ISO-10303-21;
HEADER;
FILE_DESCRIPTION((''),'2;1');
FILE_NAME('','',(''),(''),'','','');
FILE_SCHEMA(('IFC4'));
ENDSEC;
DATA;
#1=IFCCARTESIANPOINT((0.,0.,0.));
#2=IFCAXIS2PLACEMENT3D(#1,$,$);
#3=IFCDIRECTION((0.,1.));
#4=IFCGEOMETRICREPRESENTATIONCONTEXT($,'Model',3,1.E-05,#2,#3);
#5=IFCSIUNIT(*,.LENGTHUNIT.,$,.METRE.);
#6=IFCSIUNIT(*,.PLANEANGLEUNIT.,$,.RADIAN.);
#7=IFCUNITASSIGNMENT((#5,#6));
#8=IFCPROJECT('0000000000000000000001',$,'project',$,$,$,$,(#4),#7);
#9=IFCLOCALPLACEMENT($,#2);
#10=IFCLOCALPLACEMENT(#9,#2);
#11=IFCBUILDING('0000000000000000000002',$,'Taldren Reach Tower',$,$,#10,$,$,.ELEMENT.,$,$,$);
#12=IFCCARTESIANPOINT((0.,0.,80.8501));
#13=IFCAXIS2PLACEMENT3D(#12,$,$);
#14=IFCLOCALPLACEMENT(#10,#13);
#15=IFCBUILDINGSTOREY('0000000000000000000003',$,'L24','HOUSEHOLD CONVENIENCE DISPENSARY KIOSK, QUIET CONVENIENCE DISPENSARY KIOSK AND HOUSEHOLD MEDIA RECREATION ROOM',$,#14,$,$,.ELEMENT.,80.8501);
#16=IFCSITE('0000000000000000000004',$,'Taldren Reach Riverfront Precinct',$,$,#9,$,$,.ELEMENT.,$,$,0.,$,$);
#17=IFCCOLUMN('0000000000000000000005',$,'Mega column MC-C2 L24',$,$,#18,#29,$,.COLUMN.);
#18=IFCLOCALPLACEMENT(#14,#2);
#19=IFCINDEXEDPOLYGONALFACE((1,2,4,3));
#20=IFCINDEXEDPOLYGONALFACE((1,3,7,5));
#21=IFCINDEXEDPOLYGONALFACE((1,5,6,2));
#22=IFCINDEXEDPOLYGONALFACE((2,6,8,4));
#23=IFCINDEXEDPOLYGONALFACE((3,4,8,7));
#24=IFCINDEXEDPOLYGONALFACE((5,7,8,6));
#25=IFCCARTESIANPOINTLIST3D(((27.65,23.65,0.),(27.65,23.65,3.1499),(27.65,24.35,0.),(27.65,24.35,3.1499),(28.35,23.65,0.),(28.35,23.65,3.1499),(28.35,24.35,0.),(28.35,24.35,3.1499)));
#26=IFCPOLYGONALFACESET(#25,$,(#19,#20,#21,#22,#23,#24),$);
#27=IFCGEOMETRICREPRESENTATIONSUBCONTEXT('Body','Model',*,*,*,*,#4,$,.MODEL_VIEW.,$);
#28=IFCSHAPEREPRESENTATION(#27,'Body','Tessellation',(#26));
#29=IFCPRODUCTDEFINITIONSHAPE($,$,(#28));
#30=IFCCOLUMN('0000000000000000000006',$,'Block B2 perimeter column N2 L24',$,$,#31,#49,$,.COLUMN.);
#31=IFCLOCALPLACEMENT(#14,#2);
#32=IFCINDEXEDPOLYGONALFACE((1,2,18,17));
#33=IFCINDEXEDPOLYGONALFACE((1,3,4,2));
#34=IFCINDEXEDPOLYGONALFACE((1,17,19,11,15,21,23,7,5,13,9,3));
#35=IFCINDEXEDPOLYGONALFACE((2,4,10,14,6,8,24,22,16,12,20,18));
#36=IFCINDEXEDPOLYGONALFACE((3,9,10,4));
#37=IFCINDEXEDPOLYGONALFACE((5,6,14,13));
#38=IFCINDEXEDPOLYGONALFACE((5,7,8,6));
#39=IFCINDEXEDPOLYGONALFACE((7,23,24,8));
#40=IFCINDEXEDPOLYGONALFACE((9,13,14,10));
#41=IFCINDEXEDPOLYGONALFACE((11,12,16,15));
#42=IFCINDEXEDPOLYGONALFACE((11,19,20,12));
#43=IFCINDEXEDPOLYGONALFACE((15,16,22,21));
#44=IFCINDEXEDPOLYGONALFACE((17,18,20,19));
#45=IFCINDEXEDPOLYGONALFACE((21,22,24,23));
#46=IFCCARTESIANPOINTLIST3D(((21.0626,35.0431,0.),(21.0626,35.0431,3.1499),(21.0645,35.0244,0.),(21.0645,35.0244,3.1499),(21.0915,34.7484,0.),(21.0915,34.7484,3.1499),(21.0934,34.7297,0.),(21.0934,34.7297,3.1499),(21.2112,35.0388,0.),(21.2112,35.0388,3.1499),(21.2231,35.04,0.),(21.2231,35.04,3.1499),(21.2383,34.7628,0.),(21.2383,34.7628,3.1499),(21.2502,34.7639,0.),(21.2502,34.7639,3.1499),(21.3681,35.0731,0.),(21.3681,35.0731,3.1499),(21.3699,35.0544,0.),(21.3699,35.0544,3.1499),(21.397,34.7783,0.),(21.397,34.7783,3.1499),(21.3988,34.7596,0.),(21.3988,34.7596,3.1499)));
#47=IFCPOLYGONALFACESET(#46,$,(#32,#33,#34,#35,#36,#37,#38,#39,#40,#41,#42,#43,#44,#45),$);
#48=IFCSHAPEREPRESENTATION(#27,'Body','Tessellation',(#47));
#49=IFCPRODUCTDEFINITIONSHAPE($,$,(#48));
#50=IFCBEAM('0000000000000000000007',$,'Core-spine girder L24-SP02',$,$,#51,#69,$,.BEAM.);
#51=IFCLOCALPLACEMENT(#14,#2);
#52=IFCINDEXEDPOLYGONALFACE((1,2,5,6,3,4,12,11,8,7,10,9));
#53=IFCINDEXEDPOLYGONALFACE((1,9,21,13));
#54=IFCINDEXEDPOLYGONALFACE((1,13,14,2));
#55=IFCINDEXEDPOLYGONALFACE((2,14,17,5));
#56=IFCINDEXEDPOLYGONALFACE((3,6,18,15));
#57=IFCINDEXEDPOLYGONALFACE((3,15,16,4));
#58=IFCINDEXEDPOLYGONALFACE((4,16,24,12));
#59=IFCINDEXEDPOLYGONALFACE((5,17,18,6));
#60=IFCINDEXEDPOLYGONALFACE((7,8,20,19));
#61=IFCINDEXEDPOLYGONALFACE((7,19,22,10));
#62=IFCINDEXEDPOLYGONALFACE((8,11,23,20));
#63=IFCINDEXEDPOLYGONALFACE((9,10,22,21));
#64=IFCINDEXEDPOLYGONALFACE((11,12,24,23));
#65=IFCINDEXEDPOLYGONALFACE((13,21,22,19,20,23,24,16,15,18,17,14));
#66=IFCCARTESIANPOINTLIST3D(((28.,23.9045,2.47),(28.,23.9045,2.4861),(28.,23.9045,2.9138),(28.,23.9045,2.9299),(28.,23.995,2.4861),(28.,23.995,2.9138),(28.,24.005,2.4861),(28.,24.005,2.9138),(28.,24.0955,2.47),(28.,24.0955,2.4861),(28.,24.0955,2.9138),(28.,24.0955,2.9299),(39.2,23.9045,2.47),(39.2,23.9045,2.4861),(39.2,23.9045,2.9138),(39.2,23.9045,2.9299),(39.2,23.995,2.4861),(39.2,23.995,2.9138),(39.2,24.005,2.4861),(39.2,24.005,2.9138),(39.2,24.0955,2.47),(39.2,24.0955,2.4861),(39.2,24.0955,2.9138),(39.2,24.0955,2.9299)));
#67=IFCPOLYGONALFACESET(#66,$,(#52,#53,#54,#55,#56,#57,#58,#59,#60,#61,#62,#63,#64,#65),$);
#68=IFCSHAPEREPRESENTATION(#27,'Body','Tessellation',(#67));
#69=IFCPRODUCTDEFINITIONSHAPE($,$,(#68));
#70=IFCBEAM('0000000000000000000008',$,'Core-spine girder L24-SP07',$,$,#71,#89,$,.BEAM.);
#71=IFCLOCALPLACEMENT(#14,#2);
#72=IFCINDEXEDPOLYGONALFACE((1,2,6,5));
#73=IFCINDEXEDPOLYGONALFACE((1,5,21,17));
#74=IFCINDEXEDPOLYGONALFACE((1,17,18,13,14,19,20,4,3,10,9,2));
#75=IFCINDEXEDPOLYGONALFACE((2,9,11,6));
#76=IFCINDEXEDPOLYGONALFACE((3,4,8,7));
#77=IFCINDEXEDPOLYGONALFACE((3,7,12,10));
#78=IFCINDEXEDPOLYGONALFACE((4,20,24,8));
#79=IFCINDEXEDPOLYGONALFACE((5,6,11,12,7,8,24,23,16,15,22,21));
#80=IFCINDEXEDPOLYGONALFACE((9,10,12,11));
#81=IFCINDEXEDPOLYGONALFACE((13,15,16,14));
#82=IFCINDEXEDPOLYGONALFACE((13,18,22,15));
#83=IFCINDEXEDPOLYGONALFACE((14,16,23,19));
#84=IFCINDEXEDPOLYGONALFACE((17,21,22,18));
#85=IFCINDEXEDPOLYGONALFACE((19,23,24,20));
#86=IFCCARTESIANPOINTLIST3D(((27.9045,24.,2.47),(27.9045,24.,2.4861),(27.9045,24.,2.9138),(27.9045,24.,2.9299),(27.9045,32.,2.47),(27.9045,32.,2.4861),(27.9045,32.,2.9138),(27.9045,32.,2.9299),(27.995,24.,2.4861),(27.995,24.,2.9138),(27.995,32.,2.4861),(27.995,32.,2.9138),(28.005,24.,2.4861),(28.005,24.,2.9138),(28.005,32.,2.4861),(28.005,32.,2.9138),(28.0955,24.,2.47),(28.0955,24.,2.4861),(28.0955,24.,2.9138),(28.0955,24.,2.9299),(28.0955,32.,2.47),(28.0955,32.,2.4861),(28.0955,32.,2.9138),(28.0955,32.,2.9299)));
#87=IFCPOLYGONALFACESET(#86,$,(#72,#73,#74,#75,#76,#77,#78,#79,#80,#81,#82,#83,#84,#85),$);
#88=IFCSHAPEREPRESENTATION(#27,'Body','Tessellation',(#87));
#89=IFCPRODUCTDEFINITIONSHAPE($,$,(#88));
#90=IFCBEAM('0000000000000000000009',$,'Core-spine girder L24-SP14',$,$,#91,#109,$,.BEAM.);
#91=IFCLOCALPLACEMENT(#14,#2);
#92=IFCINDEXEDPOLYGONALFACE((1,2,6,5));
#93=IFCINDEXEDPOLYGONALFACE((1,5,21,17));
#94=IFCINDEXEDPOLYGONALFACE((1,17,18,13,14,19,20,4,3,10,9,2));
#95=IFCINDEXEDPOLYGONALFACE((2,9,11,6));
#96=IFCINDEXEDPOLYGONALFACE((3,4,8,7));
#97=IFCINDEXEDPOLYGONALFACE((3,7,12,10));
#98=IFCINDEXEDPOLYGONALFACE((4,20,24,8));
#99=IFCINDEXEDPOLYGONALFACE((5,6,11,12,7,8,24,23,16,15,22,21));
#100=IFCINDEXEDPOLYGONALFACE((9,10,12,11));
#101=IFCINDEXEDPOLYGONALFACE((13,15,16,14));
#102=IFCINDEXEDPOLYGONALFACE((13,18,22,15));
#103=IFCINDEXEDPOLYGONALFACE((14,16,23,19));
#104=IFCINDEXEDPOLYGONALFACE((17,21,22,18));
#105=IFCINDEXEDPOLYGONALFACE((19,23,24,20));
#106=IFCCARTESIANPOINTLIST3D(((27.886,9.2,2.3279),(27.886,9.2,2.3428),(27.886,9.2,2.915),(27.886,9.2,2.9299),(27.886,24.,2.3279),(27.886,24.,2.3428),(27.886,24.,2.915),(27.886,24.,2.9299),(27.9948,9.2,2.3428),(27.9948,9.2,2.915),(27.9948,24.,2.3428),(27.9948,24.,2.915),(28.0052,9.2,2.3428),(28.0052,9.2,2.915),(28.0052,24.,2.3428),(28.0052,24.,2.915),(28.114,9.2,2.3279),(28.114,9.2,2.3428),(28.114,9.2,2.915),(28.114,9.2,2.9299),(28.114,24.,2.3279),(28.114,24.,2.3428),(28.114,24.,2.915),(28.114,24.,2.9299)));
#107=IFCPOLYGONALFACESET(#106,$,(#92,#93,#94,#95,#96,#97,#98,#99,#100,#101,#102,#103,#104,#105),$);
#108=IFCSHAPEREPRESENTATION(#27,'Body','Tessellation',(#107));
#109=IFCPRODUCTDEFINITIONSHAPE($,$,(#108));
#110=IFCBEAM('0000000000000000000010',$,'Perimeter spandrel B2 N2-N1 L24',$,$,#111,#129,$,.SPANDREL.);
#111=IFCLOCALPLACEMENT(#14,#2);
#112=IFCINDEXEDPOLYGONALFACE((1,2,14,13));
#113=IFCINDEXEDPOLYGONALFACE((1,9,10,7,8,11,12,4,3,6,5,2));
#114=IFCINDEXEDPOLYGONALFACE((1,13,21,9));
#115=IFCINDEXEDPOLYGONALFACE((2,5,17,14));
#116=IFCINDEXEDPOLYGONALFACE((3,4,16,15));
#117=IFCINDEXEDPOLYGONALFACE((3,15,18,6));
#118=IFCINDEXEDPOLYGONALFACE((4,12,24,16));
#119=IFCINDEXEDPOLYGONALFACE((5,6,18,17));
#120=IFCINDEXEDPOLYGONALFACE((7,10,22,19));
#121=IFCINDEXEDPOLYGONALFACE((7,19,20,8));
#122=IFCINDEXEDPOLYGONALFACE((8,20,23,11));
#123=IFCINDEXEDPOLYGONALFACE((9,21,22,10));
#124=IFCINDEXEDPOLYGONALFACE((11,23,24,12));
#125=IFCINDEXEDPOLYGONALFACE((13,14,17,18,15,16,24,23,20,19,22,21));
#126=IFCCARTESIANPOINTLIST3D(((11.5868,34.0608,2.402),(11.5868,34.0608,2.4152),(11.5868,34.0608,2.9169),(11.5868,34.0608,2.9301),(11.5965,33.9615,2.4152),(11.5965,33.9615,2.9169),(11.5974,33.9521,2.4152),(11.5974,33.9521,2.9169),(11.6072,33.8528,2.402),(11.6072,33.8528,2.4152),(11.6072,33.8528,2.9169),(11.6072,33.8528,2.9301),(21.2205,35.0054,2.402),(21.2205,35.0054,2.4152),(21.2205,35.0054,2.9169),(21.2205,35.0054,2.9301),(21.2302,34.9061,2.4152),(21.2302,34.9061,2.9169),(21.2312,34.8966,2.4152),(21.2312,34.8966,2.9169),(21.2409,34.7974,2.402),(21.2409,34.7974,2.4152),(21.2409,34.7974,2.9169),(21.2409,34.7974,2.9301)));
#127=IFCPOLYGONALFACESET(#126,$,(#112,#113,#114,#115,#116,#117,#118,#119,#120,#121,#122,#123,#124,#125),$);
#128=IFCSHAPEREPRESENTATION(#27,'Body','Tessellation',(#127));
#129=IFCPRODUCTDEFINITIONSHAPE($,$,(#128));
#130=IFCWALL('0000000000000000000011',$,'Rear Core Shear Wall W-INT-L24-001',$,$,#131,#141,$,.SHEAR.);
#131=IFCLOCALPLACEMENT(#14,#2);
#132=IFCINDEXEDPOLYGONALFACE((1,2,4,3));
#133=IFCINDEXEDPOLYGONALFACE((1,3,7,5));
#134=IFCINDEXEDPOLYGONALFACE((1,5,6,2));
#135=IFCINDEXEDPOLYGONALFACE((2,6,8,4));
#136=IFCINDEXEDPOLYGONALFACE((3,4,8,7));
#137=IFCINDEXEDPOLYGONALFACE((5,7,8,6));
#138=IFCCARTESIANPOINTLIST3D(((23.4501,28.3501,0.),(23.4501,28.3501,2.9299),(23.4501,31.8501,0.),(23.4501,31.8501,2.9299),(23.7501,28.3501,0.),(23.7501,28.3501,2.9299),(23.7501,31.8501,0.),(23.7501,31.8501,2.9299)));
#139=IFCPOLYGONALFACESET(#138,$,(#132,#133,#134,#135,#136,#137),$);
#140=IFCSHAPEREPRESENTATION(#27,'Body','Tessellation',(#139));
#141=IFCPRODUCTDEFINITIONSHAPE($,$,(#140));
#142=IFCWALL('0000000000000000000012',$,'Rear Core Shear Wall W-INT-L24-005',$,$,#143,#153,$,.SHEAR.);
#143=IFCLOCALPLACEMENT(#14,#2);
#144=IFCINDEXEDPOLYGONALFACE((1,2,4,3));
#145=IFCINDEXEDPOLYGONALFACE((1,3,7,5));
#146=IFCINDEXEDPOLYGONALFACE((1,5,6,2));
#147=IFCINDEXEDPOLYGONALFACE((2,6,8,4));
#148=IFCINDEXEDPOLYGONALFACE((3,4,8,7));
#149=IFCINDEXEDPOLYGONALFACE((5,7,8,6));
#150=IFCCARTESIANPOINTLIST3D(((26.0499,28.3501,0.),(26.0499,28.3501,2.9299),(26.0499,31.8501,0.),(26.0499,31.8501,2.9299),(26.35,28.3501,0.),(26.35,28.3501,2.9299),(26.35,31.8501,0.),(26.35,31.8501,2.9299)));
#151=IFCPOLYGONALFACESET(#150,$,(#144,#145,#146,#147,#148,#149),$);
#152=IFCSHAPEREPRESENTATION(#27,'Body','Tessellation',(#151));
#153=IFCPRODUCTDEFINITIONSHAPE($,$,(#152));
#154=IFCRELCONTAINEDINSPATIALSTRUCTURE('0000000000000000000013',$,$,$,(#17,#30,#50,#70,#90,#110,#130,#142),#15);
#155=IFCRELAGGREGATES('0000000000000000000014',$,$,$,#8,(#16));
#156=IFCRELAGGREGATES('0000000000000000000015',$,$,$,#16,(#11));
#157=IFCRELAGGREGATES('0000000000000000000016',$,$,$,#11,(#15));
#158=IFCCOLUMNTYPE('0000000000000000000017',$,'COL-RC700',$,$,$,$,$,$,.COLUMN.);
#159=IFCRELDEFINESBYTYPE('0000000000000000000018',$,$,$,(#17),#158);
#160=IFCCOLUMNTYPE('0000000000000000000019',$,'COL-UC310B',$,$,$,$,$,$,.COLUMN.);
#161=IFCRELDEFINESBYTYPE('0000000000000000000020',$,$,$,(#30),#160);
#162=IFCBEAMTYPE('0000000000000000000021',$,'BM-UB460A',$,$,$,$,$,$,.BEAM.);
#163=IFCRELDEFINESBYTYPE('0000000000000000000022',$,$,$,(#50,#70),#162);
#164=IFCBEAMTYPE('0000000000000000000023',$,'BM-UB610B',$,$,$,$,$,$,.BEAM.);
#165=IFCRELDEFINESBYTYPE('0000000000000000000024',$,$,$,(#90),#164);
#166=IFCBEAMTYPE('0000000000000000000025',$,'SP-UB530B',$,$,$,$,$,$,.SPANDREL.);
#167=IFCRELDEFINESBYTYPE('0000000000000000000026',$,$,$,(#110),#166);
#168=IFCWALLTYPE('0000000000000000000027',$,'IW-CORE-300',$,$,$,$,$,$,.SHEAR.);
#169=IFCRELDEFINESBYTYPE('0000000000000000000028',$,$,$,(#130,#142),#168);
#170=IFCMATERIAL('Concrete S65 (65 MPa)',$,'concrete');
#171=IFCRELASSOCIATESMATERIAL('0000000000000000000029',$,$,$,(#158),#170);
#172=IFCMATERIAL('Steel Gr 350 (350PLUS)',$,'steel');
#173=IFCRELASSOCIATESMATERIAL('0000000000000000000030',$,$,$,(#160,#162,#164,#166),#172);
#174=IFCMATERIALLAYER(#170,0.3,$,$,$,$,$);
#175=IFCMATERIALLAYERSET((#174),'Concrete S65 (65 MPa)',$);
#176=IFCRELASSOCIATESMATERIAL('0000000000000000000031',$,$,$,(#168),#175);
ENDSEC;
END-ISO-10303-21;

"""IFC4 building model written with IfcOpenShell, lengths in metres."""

from ifc_helpers import new_model, si_unit, direction, frame, frame_2d, origin, origin_2d, place, context, subcontext, project, spatial, rectangle, i_section, extrude, source, transform, mapped, material, layer, layer_set, material_profile, profile_set, type_object, element, save


model = new_model("IFC4")

# Units and contexts
model_context = context("Model", 3, precision=1e-05, world=origin(), true_north=direction((0.0, 1.0)))
body_context = subcontext(model_context, "Body", "Model", "MODEL_VIEW")
ifc_project = project(units=[si_unit("LENGTHUNIT", "METRE"), si_unit("PLANEANGLEUNIT", "RADIAN")], contexts=[model_context])

# Site, building, storey
site_placement = place(None, origin())
site = spatial("IfcSite", under=ifc_project, at=site_placement, Name="Taldren Reach Riverfront Precinct", CompositionType="ELEMENT", RefElevation=0.0)
building_placement = place(site_placement, origin())
building = spatial("IfcBuilding", under=site, at=building_placement, Name="Taldren Reach Tower", CompositionType="ELEMENT")
storey_placement = place(building_placement, frame((0.0, 0.0, 80.8501)))
storey = spatial("IfcBuildingStorey", under=building, at=storey_placement, Name="L24", Description="HOUSEHOLD CONVENIENCE DISPENSARY KIOSK, QUIET CONVENIENCE DISPENSARY KIOSK AND HOUSEHOLD MEDIA RECREATION ROOM", CompositionType="ELEMENT", Elevation=80.8501)

# Columns
ifc_material_1 = material(Name="Concrete S65 (65 MPa)", Category="concrete")
ifc_material_profile_1 = material_profile(ifc_material_1, rectangle(XDim=0.7, YDim=0.7, at=origin_2d()), Name="RC-700x700")
ifc_profile_set_1 = profile_set([ifc_material_profile_1], Name="Concrete S65 (65 MPa)")
column_type_1 = type_object("IfcColumnType", Name="COL-RC700", PredefinedType="COLUMN", material=ifc_profile_set_1)
shared_shape_1 = source(origin(), body_context, "Body", "SweptSolid", [
    extrude(rectangle(XDim=0.7, YDim=0.7, at=origin_2d()), origin(), (0.0, 0.0, 1.0), 3.1499),
])
column_1_placement = place(storey_placement, frame((28.0, 24.0, 0.0), z_axis=(0.0, 0.0, 1.0), x_axis=(1.0, 0.0, 0.0)))
element("IfcColumn", 1, at=column_1_placement, inside=storey, type_object=column_type_1, Name="Mega column MC-C2 L24", PredefinedType="COLUMN", context=body_context, shape_type="MappedRepresentation", body=[
    mapped(shared_shape_1, transform((0.0, 0.0, 0.0), scale=1.0)),
])
ifc_material_2 = material(Name="Steel Gr 350 (350PLUS)", Category="steel")
ifc_material_profile_2 = material_profile(ifc_material_2, i_section(OverallWidth=0.3069, OverallDepth=0.3149, WebThickness=0.012, FlangeThickness=0.0188, at=origin_2d()), Name="310UC118")
ifc_profile_set_2 = profile_set([ifc_material_profile_2], Name="Steel Gr 350 (350PLUS)")
column_type_2 = type_object("IfcColumnType", Name="COL-UC310B", PredefinedType="COLUMN", material=ifc_profile_set_2)
shared_shape_2 = source(origin(), body_context, "Body", "SweptSolid", [
    extrude(i_section(OverallWidth=0.3069, OverallDepth=0.3149, WebThickness=0.012, FlangeThickness=0.0188, at=origin_2d()), origin(), (0.0, 0.0, 1.0), 3.1499),
])
column_2_placement = place(storey_placement, frame((21.2307, 34.9014, 0.0), z_axis=(0.0, 0.0, 1.0), x_axis=(0.995227, 0.097583, 0.0)))
element("IfcColumn", 2, at=column_2_placement, inside=storey, type_object=column_type_2, Name="Block B2 perimeter column N2 L24", PredefinedType="COLUMN", context=body_context, shape_type="MappedRepresentation", body=[
    mapped(shared_shape_2, transform((0.0, 0.0, 0.0), scale=1.0)),
])

# Beams
ifc_material_profile_3 = material_profile(ifc_material_2, i_section(OverallWidth=0.1909, OverallDepth=0.46, WebThickness=0.01, FlangeThickness=0.0161, at=origin_2d()), Name="460UB82.1")
ifc_profile_set_3 = profile_set([ifc_material_profile_3], Name="Steel Gr 350 (350PLUS)")
beam_type_1 = type_object("IfcBeamType", Name="BM-UB460A", PredefinedType="BEAM", material=ifc_profile_set_3)
shared_shape_3 = source(origin(), body_context, "Body", "SweptSolid", [
    extrude(i_section(OverallWidth=0.1909, OverallDepth=0.46, WebThickness=0.01, FlangeThickness=0.0161, at=origin_2d()), origin(), (0.0, 0.0, 1.0), 11.2),
])
beam_1_placement = place(storey_placement, frame((28.0, 24.0, 2.7), z_axis=(1.0, 0.0, 0.0), x_axis=(0.0, 1.0, 0.0)))
element("IfcBeam", 3, at=beam_1_placement, inside=storey, type_object=beam_type_1, Name="Core-spine girder L24-SP02", PredefinedType="BEAM", context=body_context, shape_type="MappedRepresentation", body=[
    mapped(shared_shape_3, transform((0.0, 0.0, 0.0), scale=1.0)),
])
shared_shape_4 = source(origin(), body_context, "Body", "SweptSolid", [
    extrude(i_section(OverallWidth=0.1909, OverallDepth=0.46, WebThickness=0.01, FlangeThickness=0.0161, at=origin_2d()), origin(), (0.0, 0.0, 1.0), 8.0),
])
beam_2_placement = place(storey_placement, frame((28.0, 24.0, 2.7), z_axis=(0.0, 1.0, 0.0), x_axis=(-1.0, 0.0, 0.0)))
element("IfcBeam", 4, at=beam_2_placement, inside=storey, type_object=beam_type_1, Name="Core-spine girder L24-SP07", PredefinedType="BEAM", context=body_context, shape_type="MappedRepresentation", body=[
    mapped(shared_shape_4, transform((0.0, 0.0, 0.0), scale=1.0)),
])
ifc_material_profile_4 = material_profile(ifc_material_2, i_section(OverallWidth=0.228, OverallDepth=0.6021, WebThickness=0.0105, FlangeThickness=0.0149, at=origin_2d()), Name="610UB101")
ifc_profile_set_4 = profile_set([ifc_material_profile_4], Name="Steel Gr 350 (350PLUS)")
beam_type_2 = type_object("IfcBeamType", Name="BM-UB610B", PredefinedType="BEAM", material=ifc_profile_set_4)
shared_shape_5 = source(origin(), body_context, "Body", "SweptSolid", [
    extrude(i_section(OverallWidth=0.228, OverallDepth=0.6021, WebThickness=0.0105, FlangeThickness=0.0149, at=origin_2d()), origin(), (0.0, 0.0, 1.0), 14.8),
])
beam_3_placement = place(storey_placement, frame((28.0, 24.0, 2.6289), z_axis=(0.0, -1.0, 0.0), x_axis=(1.0, 0.0, 0.0)))
element("IfcBeam", 5, at=beam_3_placement, inside=storey, type_object=beam_type_2, Name="Core-spine girder L24-SP14", PredefinedType="BEAM", context=body_context, shape_type="MappedRepresentation", body=[
    mapped(shared_shape_5, transform((0.0, 0.0, 0.0), scale=1.0)),
])
ifc_material_profile_5 = material_profile(ifc_material_2, i_section(OverallWidth=0.209, OverallDepth=0.5281, WebThickness=0.0095, FlangeThickness=0.0132, at=origin_2d()), Name="530UB82.0")
ifc_profile_set_5 = profile_set([ifc_material_profile_5], Name="Steel Gr 350 (350PLUS)")
beam_type_3 = type_object("IfcBeamType", Name="SP-UB530B", PredefinedType="SPANDREL", material=ifc_profile_set_5)
shared_shape_6 = source(origin(), body_context, "Body", "SweptSolid", [
    extrude(i_section(OverallWidth=0.209, OverallDepth=0.5281, WebThickness=0.0095, FlangeThickness=0.0132, at=origin_2d()), origin(), (0.0, 0.0, 1.0), 9.6799),
])
beam_4_placement = place(storey_placement, frame((21.2307, 34.9014, 2.666), z_axis=(-0.995228, -0.097581, 0.0), x_axis=(0.097581, -0.995228, 0.0)))
element("IfcBeam", 6, at=beam_4_placement, inside=storey, type_object=beam_type_3, Name="Perimeter spandrel B2 N2-N1 L24", PredefinedType="SPANDREL", context=body_context, shape_type="MappedRepresentation", body=[
    mapped(shared_shape_6, transform((0.0, 0.0, 0.0), scale=1.0)),
])

# Walls
ifc_layer_1 = layer(ifc_material_1, 0.3)
ifc_layer_set_1 = layer_set([ifc_layer_1], Name="Concrete S65 (65 MPa)")
wall_type_1 = type_object("IfcWallType", Name="IW-CORE-300", PredefinedType="SHEAR", material=ifc_layer_set_1)
shared_shape_7 = source(origin(), body_context, "Body", "SweptSolid", [
    extrude(rectangle(XDim=3.5, YDim=0.3, at=frame_2d((1.75, 0.0))), origin(), (0.0, 0.0, 1.0), 2.9299),
])
for number, where, z_axis, x_axis, name in (
    (7, (23.6001, 28.3501, 0.0), (0.0, 0.0, 1.0), (0.0, 1.0, 0.0), "Rear Core Shear Wall W-INT-L24-001"),
    (8, (26.2, 28.3501, 0.0), (0.0, 0.0, 1.0), (0.0, 1.0, 0.0), "Rear Core Shear Wall W-INT-L24-005"),
):
    element("IfcWall", number, at=place(storey_placement, frame(where, z_axis=z_axis, x_axis=x_axis)), inside=storey, type_object=wall_type_1, Name=name, PredefinedType="SHEAR", context=body_context, shape_type="MappedRepresentation", body=[
        mapped(shared_shape_7, transform((0.0, 0.0, 0.0), scale=1.0)),
    ])

save(model, "model.ifc")
